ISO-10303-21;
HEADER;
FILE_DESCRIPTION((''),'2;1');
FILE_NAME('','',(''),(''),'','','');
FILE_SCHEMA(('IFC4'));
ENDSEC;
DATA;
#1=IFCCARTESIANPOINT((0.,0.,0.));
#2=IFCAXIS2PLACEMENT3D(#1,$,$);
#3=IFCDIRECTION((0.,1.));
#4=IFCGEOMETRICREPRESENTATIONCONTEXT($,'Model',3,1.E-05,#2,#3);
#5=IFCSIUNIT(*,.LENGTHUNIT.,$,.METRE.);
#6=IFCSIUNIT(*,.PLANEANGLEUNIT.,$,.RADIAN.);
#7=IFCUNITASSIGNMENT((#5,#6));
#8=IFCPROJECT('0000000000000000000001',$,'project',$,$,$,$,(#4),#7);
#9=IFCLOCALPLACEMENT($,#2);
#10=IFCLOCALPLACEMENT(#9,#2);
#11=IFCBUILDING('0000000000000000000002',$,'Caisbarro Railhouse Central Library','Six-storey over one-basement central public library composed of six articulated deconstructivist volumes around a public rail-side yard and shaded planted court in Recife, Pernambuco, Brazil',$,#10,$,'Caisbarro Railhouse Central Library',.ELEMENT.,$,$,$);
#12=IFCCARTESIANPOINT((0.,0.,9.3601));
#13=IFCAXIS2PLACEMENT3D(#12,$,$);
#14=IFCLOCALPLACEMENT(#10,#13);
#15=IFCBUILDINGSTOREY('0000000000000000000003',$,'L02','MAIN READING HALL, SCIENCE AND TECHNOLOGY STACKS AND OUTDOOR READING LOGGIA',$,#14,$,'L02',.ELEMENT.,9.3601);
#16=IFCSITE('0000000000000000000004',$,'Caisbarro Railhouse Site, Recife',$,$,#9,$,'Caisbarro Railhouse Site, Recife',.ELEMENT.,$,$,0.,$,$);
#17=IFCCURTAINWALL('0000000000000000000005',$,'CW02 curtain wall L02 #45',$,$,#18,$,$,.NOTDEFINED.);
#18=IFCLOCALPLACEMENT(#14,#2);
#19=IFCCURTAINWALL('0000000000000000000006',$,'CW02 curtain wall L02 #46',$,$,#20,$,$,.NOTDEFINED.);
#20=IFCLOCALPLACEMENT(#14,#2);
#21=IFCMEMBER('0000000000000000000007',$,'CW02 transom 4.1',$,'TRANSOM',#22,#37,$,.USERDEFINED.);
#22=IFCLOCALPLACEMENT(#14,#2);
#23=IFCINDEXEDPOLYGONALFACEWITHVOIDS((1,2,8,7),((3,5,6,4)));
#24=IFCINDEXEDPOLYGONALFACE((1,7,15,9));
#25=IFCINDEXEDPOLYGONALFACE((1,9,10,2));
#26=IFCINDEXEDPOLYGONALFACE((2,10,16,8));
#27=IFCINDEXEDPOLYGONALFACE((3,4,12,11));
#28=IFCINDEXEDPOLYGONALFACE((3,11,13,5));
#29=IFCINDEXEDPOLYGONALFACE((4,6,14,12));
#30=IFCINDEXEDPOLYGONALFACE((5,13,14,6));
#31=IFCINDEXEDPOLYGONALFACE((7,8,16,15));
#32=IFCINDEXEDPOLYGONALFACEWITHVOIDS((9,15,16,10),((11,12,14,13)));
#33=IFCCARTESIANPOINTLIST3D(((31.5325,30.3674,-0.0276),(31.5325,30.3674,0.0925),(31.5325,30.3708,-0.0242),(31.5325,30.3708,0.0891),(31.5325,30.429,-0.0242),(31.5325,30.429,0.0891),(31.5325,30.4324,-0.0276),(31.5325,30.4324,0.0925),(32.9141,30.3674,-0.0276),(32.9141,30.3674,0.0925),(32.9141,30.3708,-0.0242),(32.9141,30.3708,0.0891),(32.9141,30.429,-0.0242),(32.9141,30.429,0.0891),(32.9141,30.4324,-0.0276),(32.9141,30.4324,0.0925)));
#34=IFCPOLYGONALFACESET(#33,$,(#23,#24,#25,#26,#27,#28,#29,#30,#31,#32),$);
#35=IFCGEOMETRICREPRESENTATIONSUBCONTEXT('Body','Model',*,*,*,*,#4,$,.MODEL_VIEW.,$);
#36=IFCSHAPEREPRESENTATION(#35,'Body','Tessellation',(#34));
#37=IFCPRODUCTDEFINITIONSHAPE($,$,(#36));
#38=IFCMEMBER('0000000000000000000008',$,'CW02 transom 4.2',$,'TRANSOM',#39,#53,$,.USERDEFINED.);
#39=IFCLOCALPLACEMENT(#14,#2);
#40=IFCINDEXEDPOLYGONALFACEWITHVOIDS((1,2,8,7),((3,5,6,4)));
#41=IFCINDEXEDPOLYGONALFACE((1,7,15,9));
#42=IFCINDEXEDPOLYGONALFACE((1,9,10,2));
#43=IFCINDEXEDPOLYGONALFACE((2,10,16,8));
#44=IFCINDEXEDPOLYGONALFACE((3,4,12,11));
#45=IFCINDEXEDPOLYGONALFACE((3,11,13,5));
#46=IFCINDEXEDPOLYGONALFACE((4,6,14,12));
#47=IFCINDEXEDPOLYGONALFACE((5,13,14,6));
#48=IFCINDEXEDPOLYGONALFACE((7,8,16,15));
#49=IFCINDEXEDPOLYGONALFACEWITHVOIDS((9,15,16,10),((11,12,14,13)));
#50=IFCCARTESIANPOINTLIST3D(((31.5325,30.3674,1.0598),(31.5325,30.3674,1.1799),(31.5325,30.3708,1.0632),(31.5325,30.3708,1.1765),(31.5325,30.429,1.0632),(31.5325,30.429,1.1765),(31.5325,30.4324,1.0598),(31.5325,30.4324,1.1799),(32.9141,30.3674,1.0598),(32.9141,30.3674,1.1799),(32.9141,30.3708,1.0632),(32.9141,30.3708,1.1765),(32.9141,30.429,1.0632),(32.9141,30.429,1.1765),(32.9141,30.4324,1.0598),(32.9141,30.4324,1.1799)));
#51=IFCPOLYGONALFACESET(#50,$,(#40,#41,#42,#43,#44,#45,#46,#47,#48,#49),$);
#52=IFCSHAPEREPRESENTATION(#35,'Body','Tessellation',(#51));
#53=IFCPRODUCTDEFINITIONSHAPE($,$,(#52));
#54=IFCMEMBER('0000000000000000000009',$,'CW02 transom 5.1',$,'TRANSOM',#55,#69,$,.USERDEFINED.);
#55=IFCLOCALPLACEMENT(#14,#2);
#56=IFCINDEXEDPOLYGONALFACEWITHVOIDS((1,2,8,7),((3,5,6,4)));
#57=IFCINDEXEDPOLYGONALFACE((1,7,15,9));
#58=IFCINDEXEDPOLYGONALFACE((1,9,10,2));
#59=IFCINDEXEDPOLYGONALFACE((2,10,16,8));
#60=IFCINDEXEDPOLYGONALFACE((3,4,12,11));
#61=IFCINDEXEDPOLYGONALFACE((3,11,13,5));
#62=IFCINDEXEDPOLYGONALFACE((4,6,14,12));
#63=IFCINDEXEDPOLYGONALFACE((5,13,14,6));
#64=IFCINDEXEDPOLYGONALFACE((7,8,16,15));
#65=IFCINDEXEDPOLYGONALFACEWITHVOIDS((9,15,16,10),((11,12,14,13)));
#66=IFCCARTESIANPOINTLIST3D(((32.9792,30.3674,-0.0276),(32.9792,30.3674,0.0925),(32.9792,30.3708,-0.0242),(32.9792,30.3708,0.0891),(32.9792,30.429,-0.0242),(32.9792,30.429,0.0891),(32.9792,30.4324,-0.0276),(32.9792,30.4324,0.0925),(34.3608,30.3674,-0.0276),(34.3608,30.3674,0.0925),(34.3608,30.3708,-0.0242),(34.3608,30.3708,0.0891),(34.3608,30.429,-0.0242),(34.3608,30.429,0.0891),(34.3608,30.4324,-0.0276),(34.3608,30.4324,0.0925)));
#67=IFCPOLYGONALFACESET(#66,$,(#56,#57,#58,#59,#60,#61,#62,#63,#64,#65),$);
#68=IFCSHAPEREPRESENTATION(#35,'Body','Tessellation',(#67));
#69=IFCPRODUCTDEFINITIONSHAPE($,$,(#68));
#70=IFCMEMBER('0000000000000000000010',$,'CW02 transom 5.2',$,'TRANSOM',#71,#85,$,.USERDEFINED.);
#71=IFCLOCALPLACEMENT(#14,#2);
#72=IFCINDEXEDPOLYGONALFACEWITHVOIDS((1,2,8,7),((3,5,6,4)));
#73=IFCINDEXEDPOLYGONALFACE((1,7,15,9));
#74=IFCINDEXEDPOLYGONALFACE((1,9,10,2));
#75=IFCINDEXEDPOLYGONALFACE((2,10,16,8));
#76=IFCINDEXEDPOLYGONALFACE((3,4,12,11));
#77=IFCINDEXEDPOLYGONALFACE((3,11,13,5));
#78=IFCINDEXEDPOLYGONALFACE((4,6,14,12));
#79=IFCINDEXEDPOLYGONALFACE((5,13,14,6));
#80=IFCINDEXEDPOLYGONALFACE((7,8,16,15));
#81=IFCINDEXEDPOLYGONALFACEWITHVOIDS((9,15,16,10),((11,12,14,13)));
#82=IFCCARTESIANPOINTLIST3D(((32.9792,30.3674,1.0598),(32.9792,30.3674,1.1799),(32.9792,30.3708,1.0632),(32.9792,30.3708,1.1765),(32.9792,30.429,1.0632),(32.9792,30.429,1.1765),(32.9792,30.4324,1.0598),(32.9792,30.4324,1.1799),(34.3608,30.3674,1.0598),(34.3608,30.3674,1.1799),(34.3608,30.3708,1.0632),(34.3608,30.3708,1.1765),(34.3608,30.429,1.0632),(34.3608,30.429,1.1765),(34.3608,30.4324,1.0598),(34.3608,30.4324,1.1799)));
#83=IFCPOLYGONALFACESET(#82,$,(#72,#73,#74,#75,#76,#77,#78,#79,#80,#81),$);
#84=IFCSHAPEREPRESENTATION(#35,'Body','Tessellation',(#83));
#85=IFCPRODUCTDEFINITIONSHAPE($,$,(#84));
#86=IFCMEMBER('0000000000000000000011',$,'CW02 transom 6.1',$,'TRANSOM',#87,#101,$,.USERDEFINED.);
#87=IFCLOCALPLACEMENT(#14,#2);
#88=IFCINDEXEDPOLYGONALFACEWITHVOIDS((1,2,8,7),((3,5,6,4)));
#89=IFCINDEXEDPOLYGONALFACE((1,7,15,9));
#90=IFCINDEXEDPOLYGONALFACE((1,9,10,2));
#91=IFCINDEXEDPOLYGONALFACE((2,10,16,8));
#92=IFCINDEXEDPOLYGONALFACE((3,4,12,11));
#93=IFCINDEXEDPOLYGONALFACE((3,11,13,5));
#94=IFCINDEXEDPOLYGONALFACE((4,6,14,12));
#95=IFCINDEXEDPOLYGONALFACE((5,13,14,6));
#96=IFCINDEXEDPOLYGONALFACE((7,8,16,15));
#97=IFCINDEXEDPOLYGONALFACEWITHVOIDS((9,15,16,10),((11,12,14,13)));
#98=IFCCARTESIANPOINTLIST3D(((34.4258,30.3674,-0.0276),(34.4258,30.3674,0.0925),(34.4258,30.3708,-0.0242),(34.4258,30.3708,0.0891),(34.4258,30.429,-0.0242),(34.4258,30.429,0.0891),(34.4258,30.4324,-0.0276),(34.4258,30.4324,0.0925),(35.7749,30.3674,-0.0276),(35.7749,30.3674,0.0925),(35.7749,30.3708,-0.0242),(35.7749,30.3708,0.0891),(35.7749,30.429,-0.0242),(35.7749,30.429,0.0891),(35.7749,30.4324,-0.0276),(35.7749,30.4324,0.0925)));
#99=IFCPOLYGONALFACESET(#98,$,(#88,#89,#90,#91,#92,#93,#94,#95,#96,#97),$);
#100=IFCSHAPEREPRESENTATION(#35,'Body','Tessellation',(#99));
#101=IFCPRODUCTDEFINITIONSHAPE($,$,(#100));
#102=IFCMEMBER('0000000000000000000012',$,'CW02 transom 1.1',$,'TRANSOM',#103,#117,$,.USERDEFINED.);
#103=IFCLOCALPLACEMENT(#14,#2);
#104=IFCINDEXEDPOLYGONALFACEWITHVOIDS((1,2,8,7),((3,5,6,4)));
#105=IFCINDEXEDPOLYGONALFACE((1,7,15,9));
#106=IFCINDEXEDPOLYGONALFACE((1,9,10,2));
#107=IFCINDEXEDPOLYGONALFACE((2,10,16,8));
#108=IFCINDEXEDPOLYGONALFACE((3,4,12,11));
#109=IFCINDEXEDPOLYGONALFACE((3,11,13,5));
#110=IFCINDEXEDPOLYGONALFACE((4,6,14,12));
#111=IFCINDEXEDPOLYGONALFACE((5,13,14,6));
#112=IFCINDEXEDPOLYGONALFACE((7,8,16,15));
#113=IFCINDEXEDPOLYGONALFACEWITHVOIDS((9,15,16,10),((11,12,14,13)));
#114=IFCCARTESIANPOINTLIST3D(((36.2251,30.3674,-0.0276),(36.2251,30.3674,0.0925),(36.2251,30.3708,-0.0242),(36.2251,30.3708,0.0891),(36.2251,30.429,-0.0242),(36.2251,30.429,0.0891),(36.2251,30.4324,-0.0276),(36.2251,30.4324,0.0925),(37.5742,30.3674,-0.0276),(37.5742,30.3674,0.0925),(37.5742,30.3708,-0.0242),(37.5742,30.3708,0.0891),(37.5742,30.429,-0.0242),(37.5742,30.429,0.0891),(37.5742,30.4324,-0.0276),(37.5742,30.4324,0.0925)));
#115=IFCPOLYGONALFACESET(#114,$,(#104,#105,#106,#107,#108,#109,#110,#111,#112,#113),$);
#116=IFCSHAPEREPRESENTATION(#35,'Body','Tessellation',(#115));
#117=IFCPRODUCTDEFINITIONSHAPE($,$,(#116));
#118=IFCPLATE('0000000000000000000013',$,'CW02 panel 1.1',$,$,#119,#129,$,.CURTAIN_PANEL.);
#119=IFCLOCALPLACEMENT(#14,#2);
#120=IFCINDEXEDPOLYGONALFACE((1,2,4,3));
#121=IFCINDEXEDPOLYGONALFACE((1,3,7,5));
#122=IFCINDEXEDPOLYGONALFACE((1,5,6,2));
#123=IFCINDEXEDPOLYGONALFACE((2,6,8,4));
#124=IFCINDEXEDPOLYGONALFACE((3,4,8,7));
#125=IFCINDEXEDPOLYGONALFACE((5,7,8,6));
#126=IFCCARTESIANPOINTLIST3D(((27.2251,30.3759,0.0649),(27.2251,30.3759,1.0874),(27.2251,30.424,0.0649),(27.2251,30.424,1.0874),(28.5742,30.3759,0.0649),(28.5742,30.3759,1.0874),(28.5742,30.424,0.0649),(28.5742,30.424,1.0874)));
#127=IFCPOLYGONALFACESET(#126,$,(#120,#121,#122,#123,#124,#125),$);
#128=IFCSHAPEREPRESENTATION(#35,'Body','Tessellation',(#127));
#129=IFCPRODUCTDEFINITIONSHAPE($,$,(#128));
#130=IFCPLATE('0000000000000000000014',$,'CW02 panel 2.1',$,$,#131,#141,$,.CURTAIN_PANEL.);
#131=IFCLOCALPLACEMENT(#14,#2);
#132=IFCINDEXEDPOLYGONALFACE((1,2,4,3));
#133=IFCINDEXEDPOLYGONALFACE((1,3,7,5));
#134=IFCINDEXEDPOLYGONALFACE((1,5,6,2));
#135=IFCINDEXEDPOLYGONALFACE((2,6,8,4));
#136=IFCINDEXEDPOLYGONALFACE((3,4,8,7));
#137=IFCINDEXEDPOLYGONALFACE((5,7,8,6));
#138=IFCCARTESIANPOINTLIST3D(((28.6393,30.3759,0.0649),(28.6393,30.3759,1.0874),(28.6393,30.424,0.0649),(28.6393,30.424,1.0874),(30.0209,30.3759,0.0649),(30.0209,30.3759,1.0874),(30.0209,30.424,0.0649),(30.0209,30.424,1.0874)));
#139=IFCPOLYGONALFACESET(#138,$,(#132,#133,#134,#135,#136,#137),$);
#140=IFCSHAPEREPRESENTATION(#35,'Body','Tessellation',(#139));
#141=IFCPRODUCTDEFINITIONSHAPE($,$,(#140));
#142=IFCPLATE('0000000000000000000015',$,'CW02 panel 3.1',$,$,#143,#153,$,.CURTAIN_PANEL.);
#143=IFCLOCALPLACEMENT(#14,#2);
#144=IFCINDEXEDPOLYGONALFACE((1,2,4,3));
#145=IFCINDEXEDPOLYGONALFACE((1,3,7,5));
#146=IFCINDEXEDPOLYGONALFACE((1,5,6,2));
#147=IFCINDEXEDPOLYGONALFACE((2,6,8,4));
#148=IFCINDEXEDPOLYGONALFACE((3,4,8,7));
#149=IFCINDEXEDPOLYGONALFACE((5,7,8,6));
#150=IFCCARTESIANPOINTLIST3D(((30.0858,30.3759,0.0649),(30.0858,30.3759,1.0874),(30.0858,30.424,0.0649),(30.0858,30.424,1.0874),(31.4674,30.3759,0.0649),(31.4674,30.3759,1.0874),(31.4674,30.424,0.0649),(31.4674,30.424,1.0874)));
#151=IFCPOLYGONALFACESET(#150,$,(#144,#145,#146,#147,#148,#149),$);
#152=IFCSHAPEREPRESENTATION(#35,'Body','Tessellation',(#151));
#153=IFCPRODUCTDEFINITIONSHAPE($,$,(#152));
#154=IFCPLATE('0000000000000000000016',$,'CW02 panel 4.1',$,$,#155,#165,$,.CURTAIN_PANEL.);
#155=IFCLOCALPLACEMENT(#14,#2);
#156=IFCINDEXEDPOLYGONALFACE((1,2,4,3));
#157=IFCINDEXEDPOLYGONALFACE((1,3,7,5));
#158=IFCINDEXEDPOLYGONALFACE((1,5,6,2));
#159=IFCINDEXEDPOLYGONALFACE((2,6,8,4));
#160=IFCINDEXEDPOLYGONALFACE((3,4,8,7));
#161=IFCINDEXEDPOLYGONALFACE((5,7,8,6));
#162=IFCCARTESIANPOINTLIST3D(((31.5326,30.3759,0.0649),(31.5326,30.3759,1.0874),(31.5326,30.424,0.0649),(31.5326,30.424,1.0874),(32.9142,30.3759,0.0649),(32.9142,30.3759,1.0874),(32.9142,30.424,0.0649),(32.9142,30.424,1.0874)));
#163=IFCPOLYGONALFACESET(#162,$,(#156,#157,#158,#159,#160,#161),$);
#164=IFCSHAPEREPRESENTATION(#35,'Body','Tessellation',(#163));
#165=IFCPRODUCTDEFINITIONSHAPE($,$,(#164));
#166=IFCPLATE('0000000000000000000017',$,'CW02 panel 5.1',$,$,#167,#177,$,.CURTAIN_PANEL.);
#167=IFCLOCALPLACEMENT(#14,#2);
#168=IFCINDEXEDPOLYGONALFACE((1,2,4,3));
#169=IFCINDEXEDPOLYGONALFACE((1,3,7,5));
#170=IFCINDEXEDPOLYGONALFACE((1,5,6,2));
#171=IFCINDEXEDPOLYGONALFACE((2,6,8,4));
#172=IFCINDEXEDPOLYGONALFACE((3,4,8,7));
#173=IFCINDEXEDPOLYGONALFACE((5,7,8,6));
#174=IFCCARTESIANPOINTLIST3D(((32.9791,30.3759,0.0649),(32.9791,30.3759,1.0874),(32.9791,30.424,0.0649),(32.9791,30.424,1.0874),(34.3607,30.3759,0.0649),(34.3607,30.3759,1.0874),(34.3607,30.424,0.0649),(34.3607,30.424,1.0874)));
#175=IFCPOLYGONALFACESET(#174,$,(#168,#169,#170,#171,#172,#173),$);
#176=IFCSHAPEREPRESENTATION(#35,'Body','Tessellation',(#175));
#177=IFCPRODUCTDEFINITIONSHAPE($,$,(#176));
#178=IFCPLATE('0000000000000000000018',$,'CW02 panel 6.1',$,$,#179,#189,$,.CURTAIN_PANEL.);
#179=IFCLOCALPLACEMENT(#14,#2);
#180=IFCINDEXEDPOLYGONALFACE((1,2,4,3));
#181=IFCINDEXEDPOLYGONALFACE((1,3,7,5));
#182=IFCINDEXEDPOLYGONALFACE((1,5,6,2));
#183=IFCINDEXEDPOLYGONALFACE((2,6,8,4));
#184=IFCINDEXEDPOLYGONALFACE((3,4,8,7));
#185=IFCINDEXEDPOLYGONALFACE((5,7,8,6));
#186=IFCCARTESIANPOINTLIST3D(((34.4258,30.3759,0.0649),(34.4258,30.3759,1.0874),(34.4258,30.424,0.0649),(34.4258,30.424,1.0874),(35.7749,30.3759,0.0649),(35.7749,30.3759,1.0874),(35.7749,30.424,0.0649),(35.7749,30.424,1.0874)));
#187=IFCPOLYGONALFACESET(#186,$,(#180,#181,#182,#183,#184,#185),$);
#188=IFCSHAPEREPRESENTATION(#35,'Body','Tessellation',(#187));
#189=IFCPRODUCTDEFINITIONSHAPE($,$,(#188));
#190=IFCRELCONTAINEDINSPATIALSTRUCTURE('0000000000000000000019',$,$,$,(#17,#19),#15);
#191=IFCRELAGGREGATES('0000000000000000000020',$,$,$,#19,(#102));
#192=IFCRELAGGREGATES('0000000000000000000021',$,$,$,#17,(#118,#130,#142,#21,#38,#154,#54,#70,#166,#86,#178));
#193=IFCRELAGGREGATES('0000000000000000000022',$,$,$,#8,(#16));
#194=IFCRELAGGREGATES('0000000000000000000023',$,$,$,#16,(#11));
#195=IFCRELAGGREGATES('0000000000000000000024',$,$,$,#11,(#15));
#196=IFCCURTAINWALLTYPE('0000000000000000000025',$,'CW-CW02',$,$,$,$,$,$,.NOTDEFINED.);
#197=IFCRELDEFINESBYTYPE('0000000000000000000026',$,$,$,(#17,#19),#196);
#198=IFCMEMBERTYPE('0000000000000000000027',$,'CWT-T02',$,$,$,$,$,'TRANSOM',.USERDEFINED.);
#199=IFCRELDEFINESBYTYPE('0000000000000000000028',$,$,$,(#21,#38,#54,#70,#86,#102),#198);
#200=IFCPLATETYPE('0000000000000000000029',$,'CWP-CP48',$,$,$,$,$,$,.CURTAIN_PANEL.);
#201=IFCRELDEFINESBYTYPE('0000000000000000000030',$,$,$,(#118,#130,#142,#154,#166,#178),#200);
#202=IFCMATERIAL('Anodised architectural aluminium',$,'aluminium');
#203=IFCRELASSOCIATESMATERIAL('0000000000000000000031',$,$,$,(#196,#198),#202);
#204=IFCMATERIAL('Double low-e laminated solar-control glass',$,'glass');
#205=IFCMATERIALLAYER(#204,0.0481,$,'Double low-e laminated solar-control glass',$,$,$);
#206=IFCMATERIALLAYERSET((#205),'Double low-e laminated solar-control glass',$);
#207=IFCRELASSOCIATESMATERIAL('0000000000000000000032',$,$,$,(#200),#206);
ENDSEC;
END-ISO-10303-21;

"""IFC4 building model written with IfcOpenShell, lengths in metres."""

from ifc_helpers import new_model, si_unit, direction, frame, origin, origin_2d, place, context, subcontext, project, spatial, rectangle, hollow_rectangle, extrude, material, layer, layer_set, material_profile, profile_set, type_object, element, aggregate, save


model = new_model("IFC4")

# Units and contexts
model_context = context("Model", 3, precision=1e-05, world=origin(), true_north=direction((0.0, 1.0)))
body_context = subcontext(model_context, "Body", "Model", "MODEL_VIEW")
ifc_project = project(units=[si_unit("LENGTHUNIT", "METRE"), si_unit("PLANEANGLEUNIT", "RADIAN")], contexts=[model_context])

# Site, building, storey
site_placement = place(None, origin())
site = spatial("IfcSite", under=ifc_project, at=site_placement, Name="Caisbarro Railhouse Site, Recife", LongName="Caisbarro Railhouse Site, Recife", CompositionType="ELEMENT", RefElevation=0.0)
building_placement = place(site_placement, origin())
building = spatial("IfcBuilding", under=site, at=building_placement, Name="Caisbarro Railhouse Central Library", Description="Six-storey over one-basement central public library composed of six articulated deconstructivist volumes around a public rail-side yard and shaded planted court in Recife, Pernambuco, Brazil", LongName="Caisbarro Railhouse Central Library", CompositionType="ELEMENT")
storey_placement = place(building_placement, frame((0.0, 0.0, 9.3601)))
storey = spatial("IfcBuildingStorey", under=building, at=storey_placement, Name="L02", Description="MAIN READING HALL, SCIENCE AND TECHNOLOGY STACKS AND OUTDOOR READING LOGGIA", LongName="L02", CompositionType="ELEMENT", Elevation=9.3601)

# Curtain wall
ifc_material_1 = material(Name="Anodised architectural aluminium", Category="aluminium")
curtain_wall_type = type_object("IfcCurtainWallType", Name="CW-CW02", PredefinedType="NOTDEFINED", material=ifc_material_1)
curtain_wall_1_placement = place(storey_placement, origin())
curtain_wall_1 = element("IfcCurtainWall", 1, at=curtain_wall_1_placement, inside=storey, type_object=curtain_wall_type, Name="CW02 curtain wall L02 #45", PredefinedType="NOTDEFINED")

# Curtain wall
curtain_wall_2_placement = place(storey_placement, origin())
curtain_wall_2 = element("IfcCurtainWall", 2, at=curtain_wall_2_placement, inside=storey, type_object=curtain_wall_type, Name="CW02 curtain wall L02 #46", PredefinedType="NOTDEFINED")

# Members
ifc_material_profile_1 = material_profile(ifc_material_1, hollow_rectangle(XDim=0.0649, YDim=0.1201, WallThickness=0.0034, at=origin_2d()), Name="ALU-TRN-65X120")
ifc_profile_set_1 = profile_set([ifc_material_profile_1], Name="Anodised architectural aluminium")
member_type_1 = type_object("IfcMemberType", Name="CWT-T02", ElementType="TRANSOM", PredefinedType="USERDEFINED", material=ifc_profile_set_1)
member_1_placement = place(storey_placement, frame((31.5325, 30.3999, 0.0325), z_axis=(1.0, 0.0, 0.0), x_axis=(0.0, 1.0, 0.0)))
member_1 = element("IfcMember", 3, at=member_1_placement, type_object=member_type_1, Name="CW02 transom 4.1", ObjectType="TRANSOM", PredefinedType="USERDEFINED", context=body_context, shape_type="SweptSolid", body=[
    extrude(hollow_rectangle(XDim=0.0649, YDim=0.1201, WallThickness=0.0034, at=origin_2d()), origin(), (0.0, 0.0, 1.0), 1.3816),
])
member_2_placement = place(storey_placement, frame((31.5325, 30.3999, 1.1199), z_axis=(1.0, 0.0, 0.0), x_axis=(0.0, 1.0, 0.0)))
member_2 = element("IfcMember", 4, at=member_2_placement, type_object=member_type_1, Name="CW02 transom 4.2", ObjectType="TRANSOM", PredefinedType="USERDEFINED", context=body_context, shape_type="SweptSolid", body=[
    extrude(hollow_rectangle(XDim=0.0649, YDim=0.1201, WallThickness=0.0034, at=origin_2d()), origin(), (0.0, 0.0, 1.0), 1.3816),
])
member_3_placement = place(storey_placement, frame((32.9792, 30.3999, 0.0325), z_axis=(1.0, 0.0, 0.0), x_axis=(0.0, 1.0, 0.0)))
member_3 = element("IfcMember", 5, at=member_3_placement, type_object=member_type_1, Name="CW02 transom 5.1", ObjectType="TRANSOM", PredefinedType="USERDEFINED", context=body_context, shape_type="SweptSolid", body=[
    extrude(hollow_rectangle(XDim=0.0649, YDim=0.1201, WallThickness=0.0034, at=origin_2d()), origin(), (0.0, 0.0, 1.0), 1.3816),
])
member_4_placement = place(storey_placement, frame((32.9792, 30.3999, 1.1199), z_axis=(1.0, 0.0, 0.0), x_axis=(0.0, 1.0, 0.0)))
member_4 = element("IfcMember", 6, at=member_4_placement, type_object=member_type_1, Name="CW02 transom 5.2", ObjectType="TRANSOM", PredefinedType="USERDEFINED", context=body_context, shape_type="SweptSolid", body=[
    extrude(hollow_rectangle(XDim=0.0649, YDim=0.1201, WallThickness=0.0034, at=origin_2d()), origin(), (0.0, 0.0, 1.0), 1.3816),
])
member_5_placement = place(storey_placement, frame((34.4258, 30.3999, 0.0325), z_axis=(1.0, 0.0, 0.0), x_axis=(0.0, 1.0, 0.0)))
member_5 = element("IfcMember", 7, at=member_5_placement, type_object=member_type_1, Name="CW02 transom 6.1", ObjectType="TRANSOM", PredefinedType="USERDEFINED", context=body_context, shape_type="SweptSolid", body=[
    extrude(hollow_rectangle(XDim=0.0649, YDim=0.1201, WallThickness=0.0034, at=origin_2d()), origin(), (0.0, 0.0, 1.0), 1.3491),
])
member_6_placement = place(storey_placement, frame((36.2251, 30.3999, 0.0325), z_axis=(1.0, 0.0, 0.0), x_axis=(0.0, 1.0, 0.0)))
member_6 = element("IfcMember", 8, at=member_6_placement, type_object=member_type_1, Name="CW02 transom 1.1", ObjectType="TRANSOM", PredefinedType="USERDEFINED", context=body_context, shape_type="SweptSolid", body=[
    extrude(hollow_rectangle(XDim=0.0649, YDim=0.1201, WallThickness=0.0034, at=origin_2d()), origin(), (0.0, 0.0, 1.0), 1.3491),
])
aggregate(curtain_wall_2, [member_6])

# Plates
ifc_material_2 = material(Name="Double low-e laminated solar-control glass", Category="glass")
ifc_layer = layer(ifc_material_2, 0.0481, Name="Double low-e laminated solar-control glass")
ifc_layer_set = layer_set([ifc_layer], Name="Double low-e laminated solar-control glass")
plate_type = type_object("IfcPlateType", Name="CWP-CP48", PredefinedType="CURTAIN_PANEL", material=ifc_layer_set)
plate_1_placement = place(storey_placement, frame((27.8997, 30.3999, 0.0649), z_axis=(0.0, 0.0, 1.0), x_axis=(1.0, 0.0, 0.0)))
plate_1 = element("IfcPlate", 9, at=plate_1_placement, type_object=plate_type, Name="CW02 panel 1.1", PredefinedType="CURTAIN_PANEL", context=body_context, shape_type="SweptSolid", body=[
    extrude(rectangle(XDim=1.3491, YDim=0.0481, at=origin_2d()), origin(), (0.0, 0.0, 1.0), 1.0225),
])
plate_2_placement = place(storey_placement, frame((29.3301, 30.3999, 0.0649), z_axis=(0.0, 0.0, 1.0), x_axis=(1.0, 0.0, 0.0)))
plate_2 = element("IfcPlate", 10, at=plate_2_placement, type_object=plate_type, Name="CW02 panel 2.1", PredefinedType="CURTAIN_PANEL", context=body_context, shape_type="SweptSolid", body=[
    extrude(rectangle(XDim=1.3816, YDim=0.0481, at=origin_2d()), origin(), (0.0, 0.0, 1.0), 1.0225),
])
plate_3_placement = place(storey_placement, frame((30.7766, 30.3999, 0.0649), z_axis=(0.0, 0.0, 1.0), x_axis=(1.0, 0.0, 0.0)))
plate_3 = element("IfcPlate", 11, at=plate_3_placement, type_object=plate_type, Name="CW02 panel 3.1", PredefinedType="CURTAIN_PANEL", context=body_context, shape_type="SweptSolid", body=[
    extrude(rectangle(XDim=1.3816, YDim=0.0481, at=origin_2d()), origin(), (0.0, 0.0, 1.0), 1.0225),
])
plate_4_placement = place(storey_placement, frame((32.2234, 30.3999, 0.0649), z_axis=(0.0, 0.0, 1.0), x_axis=(1.0, 0.0, 0.0)))
plate_4 = element("IfcPlate", 12, at=plate_4_placement, type_object=plate_type, Name="CW02 panel 4.1", PredefinedType="CURTAIN_PANEL", context=body_context, shape_type="SweptSolid", body=[
    extrude(rectangle(XDim=1.3816, YDim=0.0481, at=origin_2d()), origin(), (0.0, 0.0, 1.0), 1.0225),
])
plate_5_placement = place(storey_placement, frame((33.6699, 30.3999, 0.0649), z_axis=(0.0, 0.0, 1.0), x_axis=(1.0, 0.0, 0.0)))
plate_5 = element("IfcPlate", 13, at=plate_5_placement, type_object=plate_type, Name="CW02 panel 5.1", PredefinedType="CURTAIN_PANEL", context=body_context, shape_type="SweptSolid", body=[
    extrude(rectangle(XDim=1.3816, YDim=0.0481, at=origin_2d()), origin(), (0.0, 0.0, 1.0), 1.0225),
])
plate_6_placement = place(storey_placement, frame((35.1003, 30.3999, 0.0649), z_axis=(0.0, 0.0, 1.0), x_axis=(1.0, 0.0, 0.0)))
plate_6 = element("IfcPlate", 14, at=plate_6_placement, type_object=plate_type, Name="CW02 panel 6.1", PredefinedType="CURTAIN_PANEL", context=body_context, shape_type="SweptSolid", body=[
    extrude(rectangle(XDim=1.3491, YDim=0.0481, at=origin_2d()), origin(), (0.0, 0.0, 1.0), 1.0225),
])
aggregate(curtain_wall_1, [plate_1, plate_2, plate_3, member_1, member_2, plate_4, member_3, member_4, plate_5, member_5, plate_6])

save(model, "model.ifc")
